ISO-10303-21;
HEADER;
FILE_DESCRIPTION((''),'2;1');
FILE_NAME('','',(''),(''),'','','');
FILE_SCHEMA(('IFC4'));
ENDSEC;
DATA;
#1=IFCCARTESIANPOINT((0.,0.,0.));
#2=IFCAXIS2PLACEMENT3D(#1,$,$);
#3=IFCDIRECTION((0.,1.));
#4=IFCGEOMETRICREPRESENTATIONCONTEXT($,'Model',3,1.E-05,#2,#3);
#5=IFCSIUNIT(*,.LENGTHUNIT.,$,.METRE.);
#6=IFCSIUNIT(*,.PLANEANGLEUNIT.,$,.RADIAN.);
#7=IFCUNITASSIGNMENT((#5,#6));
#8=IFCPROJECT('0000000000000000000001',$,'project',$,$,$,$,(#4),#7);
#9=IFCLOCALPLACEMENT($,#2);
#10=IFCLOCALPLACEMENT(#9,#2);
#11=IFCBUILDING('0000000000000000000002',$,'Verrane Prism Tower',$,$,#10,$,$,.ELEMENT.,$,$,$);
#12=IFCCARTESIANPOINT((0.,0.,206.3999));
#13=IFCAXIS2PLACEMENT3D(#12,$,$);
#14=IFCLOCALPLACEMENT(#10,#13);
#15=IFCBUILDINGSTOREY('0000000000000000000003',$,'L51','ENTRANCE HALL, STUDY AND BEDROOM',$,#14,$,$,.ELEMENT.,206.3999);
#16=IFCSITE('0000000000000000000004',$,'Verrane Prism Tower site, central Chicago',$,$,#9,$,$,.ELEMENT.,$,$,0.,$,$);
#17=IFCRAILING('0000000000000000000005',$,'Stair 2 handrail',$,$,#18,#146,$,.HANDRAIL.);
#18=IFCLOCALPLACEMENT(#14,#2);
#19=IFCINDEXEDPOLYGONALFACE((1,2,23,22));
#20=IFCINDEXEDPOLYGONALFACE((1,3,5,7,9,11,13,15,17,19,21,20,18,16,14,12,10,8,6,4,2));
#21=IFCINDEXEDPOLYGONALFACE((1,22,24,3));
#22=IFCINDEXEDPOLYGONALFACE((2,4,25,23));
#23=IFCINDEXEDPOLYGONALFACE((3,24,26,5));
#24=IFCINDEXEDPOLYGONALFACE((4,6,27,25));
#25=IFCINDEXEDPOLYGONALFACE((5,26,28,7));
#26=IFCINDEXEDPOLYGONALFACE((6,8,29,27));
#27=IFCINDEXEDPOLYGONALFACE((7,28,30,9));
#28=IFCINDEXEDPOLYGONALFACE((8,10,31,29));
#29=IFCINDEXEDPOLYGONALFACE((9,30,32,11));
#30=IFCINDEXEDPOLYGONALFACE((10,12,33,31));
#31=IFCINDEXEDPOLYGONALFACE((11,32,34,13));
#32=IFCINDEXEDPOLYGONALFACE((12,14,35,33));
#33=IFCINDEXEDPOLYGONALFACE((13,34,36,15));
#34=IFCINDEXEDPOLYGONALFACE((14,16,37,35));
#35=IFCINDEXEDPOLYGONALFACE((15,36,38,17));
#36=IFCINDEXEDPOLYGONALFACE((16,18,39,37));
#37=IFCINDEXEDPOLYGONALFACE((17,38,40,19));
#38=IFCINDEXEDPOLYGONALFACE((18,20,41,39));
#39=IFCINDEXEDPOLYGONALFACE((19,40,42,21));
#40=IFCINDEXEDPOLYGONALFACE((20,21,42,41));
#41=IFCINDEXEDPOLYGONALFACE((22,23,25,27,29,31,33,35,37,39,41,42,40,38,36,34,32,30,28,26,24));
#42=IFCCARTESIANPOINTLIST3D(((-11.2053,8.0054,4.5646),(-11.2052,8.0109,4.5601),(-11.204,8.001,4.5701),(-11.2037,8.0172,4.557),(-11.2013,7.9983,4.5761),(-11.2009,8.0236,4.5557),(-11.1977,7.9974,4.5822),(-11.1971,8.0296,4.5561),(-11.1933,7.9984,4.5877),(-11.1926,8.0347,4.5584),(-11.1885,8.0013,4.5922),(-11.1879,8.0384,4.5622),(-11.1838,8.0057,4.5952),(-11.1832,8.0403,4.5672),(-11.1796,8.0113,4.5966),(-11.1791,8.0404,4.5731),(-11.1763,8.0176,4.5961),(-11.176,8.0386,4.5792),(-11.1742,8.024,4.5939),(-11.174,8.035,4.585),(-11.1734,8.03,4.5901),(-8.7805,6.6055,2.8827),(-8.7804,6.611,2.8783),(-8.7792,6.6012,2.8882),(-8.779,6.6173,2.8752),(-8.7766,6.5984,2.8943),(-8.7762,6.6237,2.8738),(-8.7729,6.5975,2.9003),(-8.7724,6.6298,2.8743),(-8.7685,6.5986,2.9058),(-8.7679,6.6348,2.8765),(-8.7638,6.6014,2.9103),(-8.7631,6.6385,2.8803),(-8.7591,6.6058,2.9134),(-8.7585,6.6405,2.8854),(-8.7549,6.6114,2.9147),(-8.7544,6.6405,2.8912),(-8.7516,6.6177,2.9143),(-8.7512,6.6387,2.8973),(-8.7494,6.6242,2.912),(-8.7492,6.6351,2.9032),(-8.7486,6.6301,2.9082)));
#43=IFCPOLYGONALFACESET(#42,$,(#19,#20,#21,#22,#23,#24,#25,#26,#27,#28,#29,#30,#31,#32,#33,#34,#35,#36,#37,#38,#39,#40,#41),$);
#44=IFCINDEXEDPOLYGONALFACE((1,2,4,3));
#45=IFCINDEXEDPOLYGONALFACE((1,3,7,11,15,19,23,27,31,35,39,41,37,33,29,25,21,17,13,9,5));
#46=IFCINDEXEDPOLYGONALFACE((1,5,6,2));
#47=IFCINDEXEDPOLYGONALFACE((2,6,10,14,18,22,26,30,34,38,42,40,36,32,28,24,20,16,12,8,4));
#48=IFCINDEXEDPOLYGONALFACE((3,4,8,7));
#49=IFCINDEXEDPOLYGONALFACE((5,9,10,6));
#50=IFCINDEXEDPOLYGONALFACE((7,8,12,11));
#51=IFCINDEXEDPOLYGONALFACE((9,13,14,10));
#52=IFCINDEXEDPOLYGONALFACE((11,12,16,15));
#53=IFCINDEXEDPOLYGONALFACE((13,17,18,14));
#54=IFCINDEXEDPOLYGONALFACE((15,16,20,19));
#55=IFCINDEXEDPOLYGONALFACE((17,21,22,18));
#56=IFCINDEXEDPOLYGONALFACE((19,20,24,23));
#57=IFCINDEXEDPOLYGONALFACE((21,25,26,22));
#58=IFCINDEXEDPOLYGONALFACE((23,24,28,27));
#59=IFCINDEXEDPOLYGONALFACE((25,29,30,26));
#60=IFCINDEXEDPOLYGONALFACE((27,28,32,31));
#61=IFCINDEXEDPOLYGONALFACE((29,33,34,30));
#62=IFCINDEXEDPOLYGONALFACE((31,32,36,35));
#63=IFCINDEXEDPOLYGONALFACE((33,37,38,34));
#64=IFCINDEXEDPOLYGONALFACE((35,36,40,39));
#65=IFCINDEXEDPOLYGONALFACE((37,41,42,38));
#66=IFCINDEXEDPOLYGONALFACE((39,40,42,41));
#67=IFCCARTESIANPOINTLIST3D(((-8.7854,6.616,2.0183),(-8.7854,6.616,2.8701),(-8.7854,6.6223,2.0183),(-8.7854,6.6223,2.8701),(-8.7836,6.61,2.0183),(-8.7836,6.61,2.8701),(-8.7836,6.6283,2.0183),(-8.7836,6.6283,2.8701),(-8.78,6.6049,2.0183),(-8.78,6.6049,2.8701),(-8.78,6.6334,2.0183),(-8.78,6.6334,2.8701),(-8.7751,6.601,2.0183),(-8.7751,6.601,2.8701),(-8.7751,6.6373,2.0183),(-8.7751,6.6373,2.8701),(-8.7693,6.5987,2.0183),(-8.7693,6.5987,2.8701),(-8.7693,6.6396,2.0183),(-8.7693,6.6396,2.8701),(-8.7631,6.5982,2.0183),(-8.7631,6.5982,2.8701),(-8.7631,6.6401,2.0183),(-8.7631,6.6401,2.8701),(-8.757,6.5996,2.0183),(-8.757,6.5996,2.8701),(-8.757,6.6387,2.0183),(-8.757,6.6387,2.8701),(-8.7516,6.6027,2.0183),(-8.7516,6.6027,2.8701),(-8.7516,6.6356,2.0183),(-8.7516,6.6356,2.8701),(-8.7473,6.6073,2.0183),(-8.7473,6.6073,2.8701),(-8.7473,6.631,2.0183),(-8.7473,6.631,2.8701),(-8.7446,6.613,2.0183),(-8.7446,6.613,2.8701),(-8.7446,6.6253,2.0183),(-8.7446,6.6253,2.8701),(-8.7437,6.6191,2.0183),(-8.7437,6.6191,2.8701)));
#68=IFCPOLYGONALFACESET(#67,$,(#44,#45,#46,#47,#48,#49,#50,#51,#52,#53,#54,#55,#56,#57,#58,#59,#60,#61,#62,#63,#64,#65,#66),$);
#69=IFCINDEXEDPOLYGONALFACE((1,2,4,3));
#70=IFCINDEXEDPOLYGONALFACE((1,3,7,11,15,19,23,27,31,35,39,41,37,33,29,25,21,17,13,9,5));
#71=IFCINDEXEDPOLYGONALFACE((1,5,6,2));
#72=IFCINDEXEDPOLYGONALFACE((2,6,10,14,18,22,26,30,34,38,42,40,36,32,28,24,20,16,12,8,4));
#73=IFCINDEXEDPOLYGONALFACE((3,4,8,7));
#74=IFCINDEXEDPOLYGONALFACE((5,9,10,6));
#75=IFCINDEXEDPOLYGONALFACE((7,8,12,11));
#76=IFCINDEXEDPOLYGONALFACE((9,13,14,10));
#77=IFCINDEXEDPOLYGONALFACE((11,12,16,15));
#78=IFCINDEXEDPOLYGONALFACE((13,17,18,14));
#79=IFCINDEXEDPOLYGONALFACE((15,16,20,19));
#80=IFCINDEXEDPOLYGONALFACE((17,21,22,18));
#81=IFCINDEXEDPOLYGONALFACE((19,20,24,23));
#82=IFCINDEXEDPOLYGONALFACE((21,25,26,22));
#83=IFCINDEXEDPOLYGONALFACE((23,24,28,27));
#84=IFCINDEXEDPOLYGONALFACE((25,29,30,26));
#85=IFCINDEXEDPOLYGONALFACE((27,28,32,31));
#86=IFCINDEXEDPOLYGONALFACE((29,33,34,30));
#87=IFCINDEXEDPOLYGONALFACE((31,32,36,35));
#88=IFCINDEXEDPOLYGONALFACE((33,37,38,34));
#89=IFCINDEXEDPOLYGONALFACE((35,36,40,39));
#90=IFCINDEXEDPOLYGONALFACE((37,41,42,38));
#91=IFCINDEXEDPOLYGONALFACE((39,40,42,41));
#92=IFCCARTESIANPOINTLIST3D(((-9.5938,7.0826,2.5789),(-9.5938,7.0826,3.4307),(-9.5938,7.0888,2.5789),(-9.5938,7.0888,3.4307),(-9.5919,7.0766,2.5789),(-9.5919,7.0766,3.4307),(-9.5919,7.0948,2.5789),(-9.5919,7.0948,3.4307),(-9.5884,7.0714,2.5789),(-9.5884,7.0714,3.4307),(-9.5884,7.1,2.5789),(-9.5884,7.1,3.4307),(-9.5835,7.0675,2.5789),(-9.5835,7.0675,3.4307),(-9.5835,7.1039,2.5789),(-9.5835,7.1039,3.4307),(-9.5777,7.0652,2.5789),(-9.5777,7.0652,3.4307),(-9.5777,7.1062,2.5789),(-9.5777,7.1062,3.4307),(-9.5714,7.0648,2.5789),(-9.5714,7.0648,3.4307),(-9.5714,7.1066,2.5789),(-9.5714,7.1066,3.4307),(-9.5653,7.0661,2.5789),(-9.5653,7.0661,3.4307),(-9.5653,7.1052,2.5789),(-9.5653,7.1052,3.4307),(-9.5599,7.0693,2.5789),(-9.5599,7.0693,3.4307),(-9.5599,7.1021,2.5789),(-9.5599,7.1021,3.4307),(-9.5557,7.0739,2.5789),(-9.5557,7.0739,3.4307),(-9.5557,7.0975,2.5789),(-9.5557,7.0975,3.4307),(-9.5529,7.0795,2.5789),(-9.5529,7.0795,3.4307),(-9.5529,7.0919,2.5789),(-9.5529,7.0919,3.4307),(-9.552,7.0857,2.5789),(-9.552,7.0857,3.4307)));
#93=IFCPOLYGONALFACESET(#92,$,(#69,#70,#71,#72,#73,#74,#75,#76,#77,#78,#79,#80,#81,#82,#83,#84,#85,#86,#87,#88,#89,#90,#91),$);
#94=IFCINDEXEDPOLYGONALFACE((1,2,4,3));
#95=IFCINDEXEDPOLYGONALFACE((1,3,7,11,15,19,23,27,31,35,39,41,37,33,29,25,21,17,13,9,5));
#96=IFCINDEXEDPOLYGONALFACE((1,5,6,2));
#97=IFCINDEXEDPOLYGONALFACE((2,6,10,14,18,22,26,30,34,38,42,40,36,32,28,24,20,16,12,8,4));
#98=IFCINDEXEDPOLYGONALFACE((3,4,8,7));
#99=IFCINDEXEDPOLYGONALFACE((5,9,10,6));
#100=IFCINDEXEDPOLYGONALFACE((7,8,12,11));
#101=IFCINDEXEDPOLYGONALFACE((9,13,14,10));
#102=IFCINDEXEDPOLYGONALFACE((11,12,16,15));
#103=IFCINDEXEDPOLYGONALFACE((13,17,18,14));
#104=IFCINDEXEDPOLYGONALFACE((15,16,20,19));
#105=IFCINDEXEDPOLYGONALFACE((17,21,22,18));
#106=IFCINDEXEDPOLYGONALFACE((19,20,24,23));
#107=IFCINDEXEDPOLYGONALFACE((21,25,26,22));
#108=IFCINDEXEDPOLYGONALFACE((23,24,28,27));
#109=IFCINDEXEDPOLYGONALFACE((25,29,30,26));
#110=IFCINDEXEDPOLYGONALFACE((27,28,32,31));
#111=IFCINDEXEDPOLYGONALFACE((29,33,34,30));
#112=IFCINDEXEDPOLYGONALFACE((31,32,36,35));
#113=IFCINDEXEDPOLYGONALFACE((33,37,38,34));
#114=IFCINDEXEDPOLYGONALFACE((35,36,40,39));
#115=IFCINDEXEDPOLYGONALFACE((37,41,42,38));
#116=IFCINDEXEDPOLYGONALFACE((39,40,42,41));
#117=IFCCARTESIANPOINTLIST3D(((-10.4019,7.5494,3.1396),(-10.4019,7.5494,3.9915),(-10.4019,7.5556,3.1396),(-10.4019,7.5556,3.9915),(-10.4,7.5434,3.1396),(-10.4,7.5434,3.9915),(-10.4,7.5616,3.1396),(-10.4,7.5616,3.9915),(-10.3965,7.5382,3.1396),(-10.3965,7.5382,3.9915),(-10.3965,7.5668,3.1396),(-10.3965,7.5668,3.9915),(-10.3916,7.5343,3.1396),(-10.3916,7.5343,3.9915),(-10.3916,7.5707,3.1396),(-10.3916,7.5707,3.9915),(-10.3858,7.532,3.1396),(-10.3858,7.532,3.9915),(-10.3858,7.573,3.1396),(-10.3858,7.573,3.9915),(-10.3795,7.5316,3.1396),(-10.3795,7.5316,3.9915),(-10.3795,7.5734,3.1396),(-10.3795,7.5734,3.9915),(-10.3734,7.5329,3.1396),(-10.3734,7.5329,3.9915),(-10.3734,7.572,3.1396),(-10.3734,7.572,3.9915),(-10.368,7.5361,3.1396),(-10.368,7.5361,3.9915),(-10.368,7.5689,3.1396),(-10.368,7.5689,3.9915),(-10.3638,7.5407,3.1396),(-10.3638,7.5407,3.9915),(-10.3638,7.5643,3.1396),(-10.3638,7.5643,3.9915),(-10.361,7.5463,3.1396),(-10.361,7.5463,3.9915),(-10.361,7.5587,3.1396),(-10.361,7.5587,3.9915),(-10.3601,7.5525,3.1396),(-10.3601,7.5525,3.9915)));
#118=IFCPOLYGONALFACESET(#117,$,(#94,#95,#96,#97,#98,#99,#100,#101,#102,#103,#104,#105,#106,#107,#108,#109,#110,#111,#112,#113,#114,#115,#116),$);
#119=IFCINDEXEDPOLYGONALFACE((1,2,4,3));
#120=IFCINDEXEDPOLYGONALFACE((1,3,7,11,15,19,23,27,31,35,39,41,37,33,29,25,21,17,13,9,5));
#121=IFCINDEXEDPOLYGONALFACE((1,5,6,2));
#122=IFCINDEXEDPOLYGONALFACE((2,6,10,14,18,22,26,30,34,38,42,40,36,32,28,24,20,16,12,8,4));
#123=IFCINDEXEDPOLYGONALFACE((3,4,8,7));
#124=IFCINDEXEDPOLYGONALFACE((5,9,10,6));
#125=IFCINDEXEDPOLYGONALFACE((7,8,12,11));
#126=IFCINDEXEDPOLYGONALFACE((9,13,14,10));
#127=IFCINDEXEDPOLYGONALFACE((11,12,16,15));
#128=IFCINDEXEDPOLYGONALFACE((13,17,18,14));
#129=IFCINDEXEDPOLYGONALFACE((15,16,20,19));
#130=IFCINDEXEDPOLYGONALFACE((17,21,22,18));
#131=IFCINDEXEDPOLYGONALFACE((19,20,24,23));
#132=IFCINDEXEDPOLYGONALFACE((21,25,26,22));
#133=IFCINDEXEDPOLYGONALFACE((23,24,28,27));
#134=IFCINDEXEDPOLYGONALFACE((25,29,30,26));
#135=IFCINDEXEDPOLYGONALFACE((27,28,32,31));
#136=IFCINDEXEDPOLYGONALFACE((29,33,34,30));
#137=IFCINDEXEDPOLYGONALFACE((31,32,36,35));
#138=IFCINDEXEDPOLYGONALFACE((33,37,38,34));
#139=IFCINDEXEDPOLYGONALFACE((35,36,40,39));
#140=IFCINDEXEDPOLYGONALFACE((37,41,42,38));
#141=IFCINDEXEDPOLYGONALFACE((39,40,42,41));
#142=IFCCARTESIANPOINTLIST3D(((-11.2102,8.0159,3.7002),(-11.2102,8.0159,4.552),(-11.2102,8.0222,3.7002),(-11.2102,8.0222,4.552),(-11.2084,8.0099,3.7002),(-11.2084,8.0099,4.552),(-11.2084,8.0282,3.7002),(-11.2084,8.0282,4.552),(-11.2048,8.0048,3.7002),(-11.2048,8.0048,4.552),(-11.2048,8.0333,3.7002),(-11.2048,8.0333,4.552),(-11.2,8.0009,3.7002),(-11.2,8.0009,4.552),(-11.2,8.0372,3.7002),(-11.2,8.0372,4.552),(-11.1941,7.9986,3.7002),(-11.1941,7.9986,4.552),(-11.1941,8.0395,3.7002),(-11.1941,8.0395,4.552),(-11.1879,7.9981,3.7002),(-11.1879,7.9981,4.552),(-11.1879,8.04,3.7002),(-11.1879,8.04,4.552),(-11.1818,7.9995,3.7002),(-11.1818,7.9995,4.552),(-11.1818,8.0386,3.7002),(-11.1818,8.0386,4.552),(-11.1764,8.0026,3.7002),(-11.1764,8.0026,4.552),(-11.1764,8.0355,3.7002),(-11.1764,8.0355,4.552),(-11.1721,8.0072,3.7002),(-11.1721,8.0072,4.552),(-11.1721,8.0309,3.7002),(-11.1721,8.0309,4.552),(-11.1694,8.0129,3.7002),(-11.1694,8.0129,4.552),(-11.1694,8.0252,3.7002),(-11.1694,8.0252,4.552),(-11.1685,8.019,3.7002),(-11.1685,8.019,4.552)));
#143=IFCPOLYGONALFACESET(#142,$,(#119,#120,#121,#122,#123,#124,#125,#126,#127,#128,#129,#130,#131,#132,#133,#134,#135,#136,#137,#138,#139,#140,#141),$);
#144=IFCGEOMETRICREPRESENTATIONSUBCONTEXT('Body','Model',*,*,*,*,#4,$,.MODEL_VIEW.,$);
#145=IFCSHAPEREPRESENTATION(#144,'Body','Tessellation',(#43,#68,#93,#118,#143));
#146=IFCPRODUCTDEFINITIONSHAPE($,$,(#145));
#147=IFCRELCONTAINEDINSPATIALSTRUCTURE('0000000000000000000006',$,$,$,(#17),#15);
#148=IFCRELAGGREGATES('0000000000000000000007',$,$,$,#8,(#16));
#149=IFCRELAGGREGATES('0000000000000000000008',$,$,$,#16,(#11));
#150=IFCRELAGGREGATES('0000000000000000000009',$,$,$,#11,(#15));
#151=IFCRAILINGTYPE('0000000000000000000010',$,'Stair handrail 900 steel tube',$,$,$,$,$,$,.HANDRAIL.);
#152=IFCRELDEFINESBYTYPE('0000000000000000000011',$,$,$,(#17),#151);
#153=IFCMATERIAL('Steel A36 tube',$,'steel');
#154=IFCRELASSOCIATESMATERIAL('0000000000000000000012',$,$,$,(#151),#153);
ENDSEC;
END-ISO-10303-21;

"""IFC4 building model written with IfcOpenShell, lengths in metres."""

from ifc_helpers import new_model, si_unit, direction, frame, origin, origin_2d, place, context, subcontext, project, spatial, circle, extrude, material, type_object, element, save


model = new_model("IFC4")

# Units and contexts
model_context = context("Model", 3, precision=1e-05, world=origin(), true_north=direction((0.0, 1.0)))
body_context = subcontext(model_context, "Body", "Model", "MODEL_VIEW")
ifc_project = project(units=[si_unit("LENGTHUNIT", "METRE"), si_unit("PLANEANGLEUNIT", "RADIAN")], contexts=[model_context])

# Site, building, storey
site_placement = place(None, origin())
site = spatial("IfcSite", under=ifc_project, at=site_placement, Name="Verrane Prism Tower site, central Chicago", CompositionType="ELEMENT", RefElevation=0.0)
building_placement = place(site_placement, origin())
building = spatial("IfcBuilding", under=site, at=building_placement, Name="Verrane Prism Tower", CompositionType="ELEMENT")
storey_placement = place(building_placement, frame((0.0, 0.0, 206.3999)))
storey = spatial("IfcBuildingStorey", under=building, at=storey_placement, Name="L51", Description="ENTRANCE HALL, STUDY AND BEDROOM", CompositionType="ELEMENT", Elevation=206.3999)

# Railing
ifc_material_1 = material(Name="Steel A36 tube", Category="steel")
railing_type_1 = type_object("IfcRailingType", Name="Stair handrail 900 steel tube", PredefinedType="HANDRAIL", material=ifc_material_1)
railing_1_placement = place(storey_placement, frame((-8.7646, 6.6191, 2.0183)))
element("IfcRailing", 1, at=railing_1_placement, inside=storey, type_object=railing_type_1, Name="Stair 2 handrail", PredefinedType="HANDRAIL", context=body_context, shape_type="SweptSolid", body=[
    extrude(circle(Radius=0.0239, at=origin_2d()), frame((0.0, 0.0, 0.876), z_axis=(-0.74239, 0.428601, 0.514934), x_axis=(-0.499984, -0.866035, 0.0)), (0.0, 0.0, 1.0), 3.2661),
    extrude(circle(Radius=0.021, at=origin_2d()), origin(), (0.0, 0.0, 1.0), 0.8518),
    extrude(circle(Radius=0.021, at=origin_2d()), frame((-0.8083, 0.4666, 0.5605)), (0.0, 0.0, 1.0), 0.8518),
    extrude(circle(Radius=0.021, at=origin_2d()), frame((-1.6165, 0.9333, 1.1213)), (0.0, 0.0, 1.0), 0.8518),
    extrude(circle(Radius=0.021, at=origin_2d()), frame((-2.4248, 1.3999, 1.6819)), (0.0, 0.0, 1.0), 0.8518),
])

save(model, "model.ifc")
